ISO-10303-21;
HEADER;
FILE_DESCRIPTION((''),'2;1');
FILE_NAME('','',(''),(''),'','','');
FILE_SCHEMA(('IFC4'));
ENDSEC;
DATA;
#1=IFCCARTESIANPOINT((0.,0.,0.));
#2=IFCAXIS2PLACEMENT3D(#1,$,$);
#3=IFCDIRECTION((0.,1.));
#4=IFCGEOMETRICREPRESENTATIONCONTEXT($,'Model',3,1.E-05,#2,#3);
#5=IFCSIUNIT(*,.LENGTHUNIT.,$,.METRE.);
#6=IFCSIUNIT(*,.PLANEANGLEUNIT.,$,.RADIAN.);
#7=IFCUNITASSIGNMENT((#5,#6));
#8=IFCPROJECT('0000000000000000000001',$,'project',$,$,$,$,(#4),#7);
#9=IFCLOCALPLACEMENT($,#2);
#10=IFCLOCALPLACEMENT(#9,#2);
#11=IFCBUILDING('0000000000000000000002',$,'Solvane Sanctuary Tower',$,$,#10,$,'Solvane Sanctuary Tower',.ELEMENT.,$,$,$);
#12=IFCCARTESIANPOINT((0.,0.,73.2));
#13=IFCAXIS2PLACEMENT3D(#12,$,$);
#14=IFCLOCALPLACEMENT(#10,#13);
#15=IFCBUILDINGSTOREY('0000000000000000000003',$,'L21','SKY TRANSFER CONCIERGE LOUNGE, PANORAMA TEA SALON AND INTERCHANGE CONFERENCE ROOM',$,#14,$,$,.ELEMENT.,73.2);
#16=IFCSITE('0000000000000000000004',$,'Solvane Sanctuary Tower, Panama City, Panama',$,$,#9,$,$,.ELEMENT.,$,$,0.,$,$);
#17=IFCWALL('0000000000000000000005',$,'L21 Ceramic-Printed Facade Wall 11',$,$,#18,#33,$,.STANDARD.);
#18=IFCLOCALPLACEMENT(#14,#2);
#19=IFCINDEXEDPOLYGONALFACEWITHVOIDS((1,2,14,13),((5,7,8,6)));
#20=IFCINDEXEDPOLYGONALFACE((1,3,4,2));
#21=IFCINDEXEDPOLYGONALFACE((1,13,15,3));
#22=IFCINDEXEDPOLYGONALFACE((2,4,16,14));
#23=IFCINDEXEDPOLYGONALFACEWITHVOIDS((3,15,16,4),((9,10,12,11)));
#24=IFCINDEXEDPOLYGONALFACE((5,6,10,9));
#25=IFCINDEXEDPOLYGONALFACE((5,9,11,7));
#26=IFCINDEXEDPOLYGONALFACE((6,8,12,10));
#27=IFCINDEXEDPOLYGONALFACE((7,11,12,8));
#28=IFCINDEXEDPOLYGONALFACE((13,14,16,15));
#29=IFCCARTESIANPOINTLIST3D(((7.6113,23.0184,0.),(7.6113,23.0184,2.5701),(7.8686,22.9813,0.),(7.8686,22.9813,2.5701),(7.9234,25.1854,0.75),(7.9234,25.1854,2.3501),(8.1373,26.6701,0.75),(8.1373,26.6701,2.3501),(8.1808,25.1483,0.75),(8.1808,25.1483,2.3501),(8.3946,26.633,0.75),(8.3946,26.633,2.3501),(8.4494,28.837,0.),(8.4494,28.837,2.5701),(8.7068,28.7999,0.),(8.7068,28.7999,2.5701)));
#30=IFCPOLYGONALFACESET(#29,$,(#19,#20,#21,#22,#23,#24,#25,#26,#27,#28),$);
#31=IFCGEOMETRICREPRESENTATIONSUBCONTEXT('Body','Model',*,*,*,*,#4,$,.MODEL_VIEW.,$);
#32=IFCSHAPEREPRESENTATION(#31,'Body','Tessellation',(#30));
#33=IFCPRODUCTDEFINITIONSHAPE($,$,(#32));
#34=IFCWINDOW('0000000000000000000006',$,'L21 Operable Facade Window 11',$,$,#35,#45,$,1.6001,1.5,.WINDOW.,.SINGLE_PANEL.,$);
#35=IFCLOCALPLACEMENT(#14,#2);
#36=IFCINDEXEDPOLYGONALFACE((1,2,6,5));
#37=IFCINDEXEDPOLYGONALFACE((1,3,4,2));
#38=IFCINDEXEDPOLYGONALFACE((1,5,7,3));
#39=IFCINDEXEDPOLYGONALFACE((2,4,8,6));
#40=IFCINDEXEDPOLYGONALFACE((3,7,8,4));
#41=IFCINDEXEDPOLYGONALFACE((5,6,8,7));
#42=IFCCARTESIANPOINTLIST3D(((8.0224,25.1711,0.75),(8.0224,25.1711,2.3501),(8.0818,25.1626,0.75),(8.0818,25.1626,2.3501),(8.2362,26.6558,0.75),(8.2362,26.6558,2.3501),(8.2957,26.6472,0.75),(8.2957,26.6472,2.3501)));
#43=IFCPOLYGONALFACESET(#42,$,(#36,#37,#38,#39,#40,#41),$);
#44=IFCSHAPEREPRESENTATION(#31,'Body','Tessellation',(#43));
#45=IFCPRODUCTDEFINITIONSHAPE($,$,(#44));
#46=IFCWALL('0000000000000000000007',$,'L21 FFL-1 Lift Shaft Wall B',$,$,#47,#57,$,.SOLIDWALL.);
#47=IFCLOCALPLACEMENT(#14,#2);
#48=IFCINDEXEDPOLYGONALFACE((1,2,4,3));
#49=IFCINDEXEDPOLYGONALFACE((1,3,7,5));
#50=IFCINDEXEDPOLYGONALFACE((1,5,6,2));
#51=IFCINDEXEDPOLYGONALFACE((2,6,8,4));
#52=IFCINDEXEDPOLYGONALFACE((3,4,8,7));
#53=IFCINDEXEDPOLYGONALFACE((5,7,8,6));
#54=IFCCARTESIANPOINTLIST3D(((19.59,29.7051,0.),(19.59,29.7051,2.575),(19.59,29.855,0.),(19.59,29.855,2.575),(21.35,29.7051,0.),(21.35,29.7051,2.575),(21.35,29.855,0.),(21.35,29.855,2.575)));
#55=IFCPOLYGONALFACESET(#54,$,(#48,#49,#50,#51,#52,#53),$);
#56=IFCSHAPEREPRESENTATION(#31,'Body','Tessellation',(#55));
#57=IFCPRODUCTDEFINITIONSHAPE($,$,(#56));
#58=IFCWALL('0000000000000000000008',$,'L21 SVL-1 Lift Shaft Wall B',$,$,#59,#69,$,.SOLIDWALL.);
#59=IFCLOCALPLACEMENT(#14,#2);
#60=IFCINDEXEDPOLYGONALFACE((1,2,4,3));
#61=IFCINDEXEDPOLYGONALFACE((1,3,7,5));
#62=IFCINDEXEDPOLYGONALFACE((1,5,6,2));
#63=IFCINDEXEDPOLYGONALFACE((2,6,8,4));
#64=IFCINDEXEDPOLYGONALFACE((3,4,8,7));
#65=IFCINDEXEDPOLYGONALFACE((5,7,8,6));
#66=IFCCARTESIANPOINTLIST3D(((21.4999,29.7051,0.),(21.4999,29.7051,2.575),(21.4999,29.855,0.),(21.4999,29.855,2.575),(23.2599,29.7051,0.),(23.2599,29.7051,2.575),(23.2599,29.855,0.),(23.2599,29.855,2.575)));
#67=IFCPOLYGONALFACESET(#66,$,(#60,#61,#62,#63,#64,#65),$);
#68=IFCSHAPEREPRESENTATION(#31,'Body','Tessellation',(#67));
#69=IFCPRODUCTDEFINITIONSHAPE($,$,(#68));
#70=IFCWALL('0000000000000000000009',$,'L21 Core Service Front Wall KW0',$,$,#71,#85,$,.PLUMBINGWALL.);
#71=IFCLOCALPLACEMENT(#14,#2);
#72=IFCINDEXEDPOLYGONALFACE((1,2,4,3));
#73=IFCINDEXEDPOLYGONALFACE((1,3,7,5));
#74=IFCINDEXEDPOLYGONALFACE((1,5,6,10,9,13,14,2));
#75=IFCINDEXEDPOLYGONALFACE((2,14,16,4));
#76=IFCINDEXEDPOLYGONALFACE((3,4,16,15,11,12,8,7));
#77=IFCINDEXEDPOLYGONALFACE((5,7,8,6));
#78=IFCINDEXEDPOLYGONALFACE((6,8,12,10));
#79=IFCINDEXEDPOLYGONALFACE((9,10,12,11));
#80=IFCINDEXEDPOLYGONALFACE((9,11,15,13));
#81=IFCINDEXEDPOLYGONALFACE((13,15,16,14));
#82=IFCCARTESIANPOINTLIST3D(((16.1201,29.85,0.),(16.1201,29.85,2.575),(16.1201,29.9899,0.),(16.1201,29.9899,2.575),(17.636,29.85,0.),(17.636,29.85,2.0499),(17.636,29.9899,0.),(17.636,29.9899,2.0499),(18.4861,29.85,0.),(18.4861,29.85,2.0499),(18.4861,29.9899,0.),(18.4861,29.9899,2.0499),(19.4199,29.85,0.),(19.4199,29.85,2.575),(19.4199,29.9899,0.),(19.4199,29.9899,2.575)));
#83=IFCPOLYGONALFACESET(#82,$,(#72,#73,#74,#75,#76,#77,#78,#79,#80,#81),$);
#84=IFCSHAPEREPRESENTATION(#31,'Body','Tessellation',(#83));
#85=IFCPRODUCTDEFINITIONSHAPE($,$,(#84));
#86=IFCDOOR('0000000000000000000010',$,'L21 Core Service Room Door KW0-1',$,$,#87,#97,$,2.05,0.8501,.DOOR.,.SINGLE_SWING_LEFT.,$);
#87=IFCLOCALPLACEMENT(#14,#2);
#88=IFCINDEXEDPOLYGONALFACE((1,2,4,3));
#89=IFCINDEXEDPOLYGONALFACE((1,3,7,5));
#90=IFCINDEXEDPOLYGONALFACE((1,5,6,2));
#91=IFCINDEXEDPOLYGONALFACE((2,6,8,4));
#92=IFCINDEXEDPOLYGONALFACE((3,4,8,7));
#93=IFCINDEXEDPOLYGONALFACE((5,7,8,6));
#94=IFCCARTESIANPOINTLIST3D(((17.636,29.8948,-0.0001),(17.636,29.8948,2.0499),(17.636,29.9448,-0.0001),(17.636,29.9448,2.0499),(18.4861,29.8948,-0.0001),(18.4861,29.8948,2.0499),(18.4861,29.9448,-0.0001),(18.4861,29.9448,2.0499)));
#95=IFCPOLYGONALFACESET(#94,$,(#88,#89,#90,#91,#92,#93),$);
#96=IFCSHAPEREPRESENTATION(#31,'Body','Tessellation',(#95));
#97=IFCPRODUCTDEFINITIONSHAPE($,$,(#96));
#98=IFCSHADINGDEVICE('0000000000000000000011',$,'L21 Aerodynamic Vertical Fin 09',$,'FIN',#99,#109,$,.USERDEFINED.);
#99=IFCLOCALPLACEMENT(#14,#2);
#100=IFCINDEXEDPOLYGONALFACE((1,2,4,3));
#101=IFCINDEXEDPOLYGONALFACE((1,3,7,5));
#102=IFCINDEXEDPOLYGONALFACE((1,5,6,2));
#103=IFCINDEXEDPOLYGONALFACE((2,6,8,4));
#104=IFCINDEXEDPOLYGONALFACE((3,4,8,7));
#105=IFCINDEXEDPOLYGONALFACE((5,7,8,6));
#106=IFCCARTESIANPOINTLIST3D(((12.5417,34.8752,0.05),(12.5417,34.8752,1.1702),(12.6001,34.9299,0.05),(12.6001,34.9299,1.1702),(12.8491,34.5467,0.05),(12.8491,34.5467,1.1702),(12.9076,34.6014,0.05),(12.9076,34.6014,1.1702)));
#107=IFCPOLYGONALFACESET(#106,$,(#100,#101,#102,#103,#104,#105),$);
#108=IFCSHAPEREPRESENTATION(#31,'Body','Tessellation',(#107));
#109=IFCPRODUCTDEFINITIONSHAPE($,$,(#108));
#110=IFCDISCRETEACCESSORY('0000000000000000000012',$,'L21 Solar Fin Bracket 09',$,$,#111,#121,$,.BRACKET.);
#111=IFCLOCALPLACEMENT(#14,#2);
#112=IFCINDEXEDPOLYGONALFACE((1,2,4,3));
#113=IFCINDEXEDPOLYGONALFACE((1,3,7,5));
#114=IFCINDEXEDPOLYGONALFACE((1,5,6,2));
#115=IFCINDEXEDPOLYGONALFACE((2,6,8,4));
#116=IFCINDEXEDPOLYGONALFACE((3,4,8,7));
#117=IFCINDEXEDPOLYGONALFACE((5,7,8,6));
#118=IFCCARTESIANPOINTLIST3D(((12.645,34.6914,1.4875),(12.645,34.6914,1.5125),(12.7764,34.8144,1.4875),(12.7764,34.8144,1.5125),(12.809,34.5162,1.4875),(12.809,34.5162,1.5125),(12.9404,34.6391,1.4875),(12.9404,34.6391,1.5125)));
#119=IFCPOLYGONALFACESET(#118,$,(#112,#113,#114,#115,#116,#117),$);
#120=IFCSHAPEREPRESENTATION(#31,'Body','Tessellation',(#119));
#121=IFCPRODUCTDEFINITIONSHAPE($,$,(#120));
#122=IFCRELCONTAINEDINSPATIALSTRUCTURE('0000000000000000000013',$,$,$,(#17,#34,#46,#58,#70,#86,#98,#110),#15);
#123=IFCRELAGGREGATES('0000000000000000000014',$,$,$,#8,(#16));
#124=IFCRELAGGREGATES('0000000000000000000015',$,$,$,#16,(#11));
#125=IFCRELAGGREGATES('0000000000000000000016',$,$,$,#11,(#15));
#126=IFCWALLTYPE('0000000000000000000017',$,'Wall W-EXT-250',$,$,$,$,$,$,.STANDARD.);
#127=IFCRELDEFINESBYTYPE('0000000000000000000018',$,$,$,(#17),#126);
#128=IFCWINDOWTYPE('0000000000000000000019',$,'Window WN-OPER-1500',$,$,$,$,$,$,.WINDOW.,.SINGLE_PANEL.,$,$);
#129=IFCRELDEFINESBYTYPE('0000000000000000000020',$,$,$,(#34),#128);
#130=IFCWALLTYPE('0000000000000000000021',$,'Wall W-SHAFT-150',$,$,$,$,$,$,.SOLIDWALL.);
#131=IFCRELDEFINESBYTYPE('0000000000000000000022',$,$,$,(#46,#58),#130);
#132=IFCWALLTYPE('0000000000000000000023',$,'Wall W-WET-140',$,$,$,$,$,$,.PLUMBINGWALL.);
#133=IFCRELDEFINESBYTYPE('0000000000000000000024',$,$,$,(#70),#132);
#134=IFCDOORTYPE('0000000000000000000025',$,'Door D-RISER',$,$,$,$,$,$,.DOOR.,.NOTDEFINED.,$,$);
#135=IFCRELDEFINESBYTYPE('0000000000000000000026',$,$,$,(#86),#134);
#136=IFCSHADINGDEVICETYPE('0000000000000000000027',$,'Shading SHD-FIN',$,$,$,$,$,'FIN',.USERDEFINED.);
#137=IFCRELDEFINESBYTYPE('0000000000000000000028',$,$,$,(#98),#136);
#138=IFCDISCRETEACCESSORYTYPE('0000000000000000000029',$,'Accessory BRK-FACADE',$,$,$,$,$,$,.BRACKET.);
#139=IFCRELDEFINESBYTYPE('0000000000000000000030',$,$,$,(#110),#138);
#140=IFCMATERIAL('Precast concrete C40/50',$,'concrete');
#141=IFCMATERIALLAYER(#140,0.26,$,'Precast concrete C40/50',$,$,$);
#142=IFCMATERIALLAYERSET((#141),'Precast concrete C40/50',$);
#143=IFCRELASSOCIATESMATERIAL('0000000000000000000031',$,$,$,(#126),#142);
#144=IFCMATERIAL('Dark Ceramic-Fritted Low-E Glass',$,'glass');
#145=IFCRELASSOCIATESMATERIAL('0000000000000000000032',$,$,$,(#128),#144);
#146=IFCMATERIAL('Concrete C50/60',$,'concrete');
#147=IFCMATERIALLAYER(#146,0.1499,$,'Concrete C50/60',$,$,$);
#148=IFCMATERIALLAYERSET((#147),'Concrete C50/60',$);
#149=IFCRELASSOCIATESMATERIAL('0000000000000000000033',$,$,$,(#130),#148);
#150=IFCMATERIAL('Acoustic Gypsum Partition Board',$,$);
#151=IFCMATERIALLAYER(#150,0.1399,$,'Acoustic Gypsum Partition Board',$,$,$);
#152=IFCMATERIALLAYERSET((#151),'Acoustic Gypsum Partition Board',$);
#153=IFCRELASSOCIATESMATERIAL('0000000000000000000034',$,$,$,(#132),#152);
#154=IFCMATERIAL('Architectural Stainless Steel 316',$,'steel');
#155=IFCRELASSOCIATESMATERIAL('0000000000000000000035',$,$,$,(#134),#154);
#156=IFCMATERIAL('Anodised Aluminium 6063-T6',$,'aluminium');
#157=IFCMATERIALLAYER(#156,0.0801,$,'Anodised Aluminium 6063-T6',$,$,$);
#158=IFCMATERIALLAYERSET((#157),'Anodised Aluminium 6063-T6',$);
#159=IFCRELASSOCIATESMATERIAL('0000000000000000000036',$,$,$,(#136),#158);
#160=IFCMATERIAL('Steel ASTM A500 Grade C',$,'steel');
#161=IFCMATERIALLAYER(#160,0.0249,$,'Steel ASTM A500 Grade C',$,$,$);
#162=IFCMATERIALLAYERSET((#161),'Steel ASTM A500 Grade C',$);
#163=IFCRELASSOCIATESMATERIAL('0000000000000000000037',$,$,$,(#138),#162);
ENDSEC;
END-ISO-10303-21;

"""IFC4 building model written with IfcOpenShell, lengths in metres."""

from ifc_helpers import new_model, si_unit, direction, frame, frame_2d, origin, origin_2d, place, context, subcontext, project, spatial, rectangle, extrude, material, layer, layer_set, type_object, element, fill, save


model = new_model("IFC4")

# Units and contexts
model_context = context("Model", 3, precision=1e-05, world=origin(), true_north=direction((0.0, 1.0)))
body_context = subcontext(model_context, "Body", "Model", "MODEL_VIEW")
ifc_project = project(units=[si_unit("LENGTHUNIT", "METRE"), si_unit("PLANEANGLEUNIT", "RADIAN")], contexts=[model_context])

# Site, building, storey
site_placement = place(None, origin())
site = spatial("IfcSite", under=ifc_project, at=site_placement, Name="Solvane Sanctuary Tower, Panama City, Panama", CompositionType="ELEMENT", RefElevation=0.0)
building_placement = place(site_placement, origin())
building = spatial("IfcBuilding", under=site, at=building_placement, Name="Solvane Sanctuary Tower", LongName="Solvane Sanctuary Tower", CompositionType="ELEMENT")
storey_placement = place(building_placement, frame((0.0, 0.0, 73.2)))
storey = spatial("IfcBuildingStorey", under=building, at=storey_placement, Name="L21", Description="SKY TRANSFER CONCIERGE LOUNGE, PANORAMA TEA SALON AND INTERCHANGE CONFERENCE ROOM", CompositionType="ELEMENT", Elevation=73.2)

# Shared definitions
ifc_material_1 = material(Name="Anodised Aluminium 6063-T6", Category="aluminium")
ifc_material_2 = material(Name="Dark Ceramic-Fritted Low-E Glass", Category="glass")

# Shared definitions
ifc_material_3 = material(Name="Acoustic Gypsum Partition Board")

# Shared definitions
ifc_material_4 = material(Name="Precast concrete C40/50", Category="concrete")
ifc_layer_1 = layer(ifc_material_4, 0.26, Name="Precast concrete C40/50")
ifc_layer_set_1 = layer_set([ifc_layer_1], Name="Precast concrete C40/50")
wall_type_1 = type_object("IfcWallType", Name="Wall W-EXT-250", PredefinedType="STANDARD", material=ifc_layer_set_1)

# Wall, opening, window
wall_1_placement = place(storey_placement, frame((8.5781, 28.8186, 0.0), z_axis=(0.0, 0.0, 1.0), x_axis=(-0.142572, -0.989784, 0.0)))
wall_1 = element("IfcWall", 1, at=wall_1_placement, inside=storey, type_object=wall_type_1, Name="L21 Ceramic-Printed Facade Wall 11", PredefinedType="STANDARD", context=body_context, shape_type="SweptSolid", body=[
    extrude(rectangle(XDim=5.8787, YDim=0.26, at=frame_2d((2.9395, 0.0))), origin(), (0.0, 0.0, 1.0), 2.5701),
])
opening_1_placement = place(wall_1_placement, frame((2.1895, 0.0, 0.75)))
opening_1 = element("IfcOpeningElement", 2, at=opening_1_placement, cuts=wall_1, PredefinedType="OPENING", context=body_context, shape_type="SweptSolid", body=[
    extrude(rectangle(XDim=1.5, YDim=1.6001, at=frame_2d((0.75, 0.8))), frame((0.0, 0.1399, 0.0), z_axis=(0.0, -1.0, 0.0), x_axis=(1.0, 0.0, 0.0)), (0.0, 0.0, 1.0), 0.28),
])
window_type_1 = type_object("IfcWindowType", Name="Window WN-OPER-1500", PartitioningType="SINGLE_PANEL", PredefinedType="WINDOW", material=ifc_material_2)
window_1_placement = place(opening_1_placement, origin())
window_1 = element("IfcWindow", 3, at=window_1_placement, inside=storey, type_object=window_type_1, Name="L21 Operable Facade Window 11", OverallHeight=1.6001, OverallWidth=1.5, PartitioningType="SINGLE_PANEL", PredefinedType="WINDOW", context=body_context, shape_type="SweptSolid", body=[
    extrude(rectangle(XDim=1.5, YDim=1.6001, at=frame_2d((0.75, 0.8))), frame((0.0, 0.03, 0.0), z_axis=(0.0, -1.0, 0.0), x_axis=(1.0, 0.0, 0.0)), (0.0, 0.0, 1.0), 0.0601),
])
fill(opening_1, window_1)

# Walls
ifc_material_5 = material(Name="Concrete C50/60", Category="concrete")
ifc_layer_2 = layer(ifc_material_5, 0.1499, Name="Concrete C50/60")
ifc_layer_set_2 = layer_set([ifc_layer_2], Name="Concrete C50/60")
wall_type_2 = type_object("IfcWallType", Name="Wall W-SHAFT-150", PredefinedType="SOLIDWALL", material=ifc_layer_set_2)
for number, where, z_axis, x_axis, name in (
    (4, (19.5901, 29.78, 0.0), (0.0, 0.0, 1.0), (1.0, 0.0, 0.0), "L21 FFL-1 Lift Shaft Wall B"),
    (5, (21.5, 29.78, 0.0), (0.0, 0.0, 1.0), (1.0, 0.0, 0.0), "L21 SVL-1 Lift Shaft Wall B"),
):
    element("IfcWall", number, at=place(storey_placement, frame(where, z_axis=z_axis, x_axis=x_axis)), inside=storey, type_object=wall_type_2, Name=name, PredefinedType="SOLIDWALL", context=body_context, shape_type="SweptSolid", body=[
        extrude(rectangle(XDim=1.76, YDim=0.1499, at=frame_2d((0.8799, 0.0))), origin(), (0.0, 0.0, 1.0), 2.575),
    ])

# Wall, opening, door
ifc_layer_3 = layer(ifc_material_3, 0.1399, Name="Acoustic Gypsum Partition Board")
ifc_layer_set_3 = layer_set([ifc_layer_3], Name="Acoustic Gypsum Partition Board")
wall_type_3 = type_object("IfcWallType", Name="Wall W-WET-140", PredefinedType="PLUMBINGWALL", material=ifc_layer_set_3)
wall_2_placement = place(storey_placement, frame((16.1201, 29.9199, 0.0), z_axis=(0.0, 0.0, 1.0), x_axis=(1.0, 0.0, 0.0)))
wall_2 = element("IfcWall", 6, at=wall_2_placement, inside=storey, type_object=wall_type_3, Name="L21 Core Service Front Wall KW0", PredefinedType="PLUMBINGWALL", context=body_context, shape_type="SweptSolid", body=[
    extrude(rectangle(XDim=3.2998, YDim=0.1399, at=frame_2d((1.6499, 0.0))), origin(), (0.0, 0.0, 1.0), 2.575),
])
opening_2_placement = place(wall_2_placement, frame((1.5159, 0.0, 0.0)))
opening_2 = element("IfcOpeningElement", 7, at=opening_2_placement, cuts=wall_2, PredefinedType="OPENING", context=body_context, shape_type="SweptSolid", body=[
    extrude(rectangle(XDim=0.8501, YDim=2.05, at=frame_2d((0.425, 1.0249))), frame((0.0, 0.0798, 0.0), z_axis=(0.0, -1.0, 0.0), x_axis=(1.0, 0.0, 0.0)), (0.0, 0.0, 1.0), 0.1599),
])
ifc_material_6 = material(Name="Architectural Stainless Steel 316", Category="steel")
door_type_1 = type_object("IfcDoorType", Name="Door D-RISER", OperationType="NOTDEFINED", PredefinedType="DOOR", material=ifc_material_6)
door_1_placement = place(opening_2_placement, origin())
door_1 = element("IfcDoor", 8, at=door_1_placement, inside=storey, type_object=door_type_1, Name="L21 Core Service Room Door KW0-1", OperationType="SINGLE_SWING_LEFT", OverallHeight=2.05, OverallWidth=0.8501, PredefinedType="DOOR", context=body_context, shape_type="SweptSolid", body=[
    extrude(rectangle(XDim=0.8501, YDim=2.05, at=frame_2d((0.425, 1.0249))), frame((0.0, 0.0249, 0.0), z_axis=(0.0, -1.0, 0.0), x_axis=(1.0, 0.0, 0.0)), (0.0, 0.0, 1.0), 0.05),
])
fill(opening_2, door_1)

# Shading device
ifc_layer_4 = layer(ifc_material_1, 0.0801, Name="Anodised Aluminium 6063-T6")
ifc_layer_set_4 = layer_set([ifc_layer_4], Name="Anodised Aluminium 6063-T6")
shading_device_type = type_object("IfcShadingDeviceType", Name="Shading SHD-FIN", ElementType="FIN", PredefinedType="USERDEFINED", material=ifc_layer_set_4)
shading_device_placement = place(storey_placement, frame((12.7246, 34.7383, 0.05), z_axis=(0.0, 0.0, 1.0), x_axis=(-0.730175, -0.68326, 0.0)))
element("IfcShadingDevice", 9, at=shading_device_placement, inside=storey, type_object=shading_device_type, Name="L21 Aerodynamic Vertical Fin 09", ObjectType="FIN", PredefinedType="USERDEFINED", context=body_context, shape_type="SweptSolid", body=[
    extrude(rectangle(XDim=0.0801, YDim=0.45, at=origin_2d()), origin(), (0.0, 0.0, 1.0), 1.1201),
])

# Discrete accessory
ifc_material_7 = material(Name="Steel ASTM A500 Grade C", Category="steel")
ifc_layer_5 = layer(ifc_material_7, 0.0249, Name="Steel ASTM A500 Grade C")
ifc_layer_set_5 = layer_set([ifc_layer_5], Name="Steel ASTM A500 Grade C")
discrete_accessory_type = type_object("IfcDiscreteAccessoryType", Name="Accessory BRK-FACADE", PredefinedType="BRACKET", material=ifc_layer_set_5)
discrete_accessory_placement = place(storey_placement, frame((12.7927, 34.6653, 1.4875), z_axis=(0.0, 0.0, 1.0), x_axis=(-0.730175, -0.68326, 0.0)))
element("IfcDiscreteAccessory", 10, at=discrete_accessory_placement, inside=storey, type_object=discrete_accessory_type, Name="L21 Solar Fin Bracket 09", PredefinedType="BRACKET", context=body_context, shape_type="SweptSolid", body=[
    extrude(rectangle(XDim=0.1799, YDim=0.24, at=origin_2d()), origin(), (0.0, 0.0, 1.0), 0.0249),
])

save(model, "model.ifc")
